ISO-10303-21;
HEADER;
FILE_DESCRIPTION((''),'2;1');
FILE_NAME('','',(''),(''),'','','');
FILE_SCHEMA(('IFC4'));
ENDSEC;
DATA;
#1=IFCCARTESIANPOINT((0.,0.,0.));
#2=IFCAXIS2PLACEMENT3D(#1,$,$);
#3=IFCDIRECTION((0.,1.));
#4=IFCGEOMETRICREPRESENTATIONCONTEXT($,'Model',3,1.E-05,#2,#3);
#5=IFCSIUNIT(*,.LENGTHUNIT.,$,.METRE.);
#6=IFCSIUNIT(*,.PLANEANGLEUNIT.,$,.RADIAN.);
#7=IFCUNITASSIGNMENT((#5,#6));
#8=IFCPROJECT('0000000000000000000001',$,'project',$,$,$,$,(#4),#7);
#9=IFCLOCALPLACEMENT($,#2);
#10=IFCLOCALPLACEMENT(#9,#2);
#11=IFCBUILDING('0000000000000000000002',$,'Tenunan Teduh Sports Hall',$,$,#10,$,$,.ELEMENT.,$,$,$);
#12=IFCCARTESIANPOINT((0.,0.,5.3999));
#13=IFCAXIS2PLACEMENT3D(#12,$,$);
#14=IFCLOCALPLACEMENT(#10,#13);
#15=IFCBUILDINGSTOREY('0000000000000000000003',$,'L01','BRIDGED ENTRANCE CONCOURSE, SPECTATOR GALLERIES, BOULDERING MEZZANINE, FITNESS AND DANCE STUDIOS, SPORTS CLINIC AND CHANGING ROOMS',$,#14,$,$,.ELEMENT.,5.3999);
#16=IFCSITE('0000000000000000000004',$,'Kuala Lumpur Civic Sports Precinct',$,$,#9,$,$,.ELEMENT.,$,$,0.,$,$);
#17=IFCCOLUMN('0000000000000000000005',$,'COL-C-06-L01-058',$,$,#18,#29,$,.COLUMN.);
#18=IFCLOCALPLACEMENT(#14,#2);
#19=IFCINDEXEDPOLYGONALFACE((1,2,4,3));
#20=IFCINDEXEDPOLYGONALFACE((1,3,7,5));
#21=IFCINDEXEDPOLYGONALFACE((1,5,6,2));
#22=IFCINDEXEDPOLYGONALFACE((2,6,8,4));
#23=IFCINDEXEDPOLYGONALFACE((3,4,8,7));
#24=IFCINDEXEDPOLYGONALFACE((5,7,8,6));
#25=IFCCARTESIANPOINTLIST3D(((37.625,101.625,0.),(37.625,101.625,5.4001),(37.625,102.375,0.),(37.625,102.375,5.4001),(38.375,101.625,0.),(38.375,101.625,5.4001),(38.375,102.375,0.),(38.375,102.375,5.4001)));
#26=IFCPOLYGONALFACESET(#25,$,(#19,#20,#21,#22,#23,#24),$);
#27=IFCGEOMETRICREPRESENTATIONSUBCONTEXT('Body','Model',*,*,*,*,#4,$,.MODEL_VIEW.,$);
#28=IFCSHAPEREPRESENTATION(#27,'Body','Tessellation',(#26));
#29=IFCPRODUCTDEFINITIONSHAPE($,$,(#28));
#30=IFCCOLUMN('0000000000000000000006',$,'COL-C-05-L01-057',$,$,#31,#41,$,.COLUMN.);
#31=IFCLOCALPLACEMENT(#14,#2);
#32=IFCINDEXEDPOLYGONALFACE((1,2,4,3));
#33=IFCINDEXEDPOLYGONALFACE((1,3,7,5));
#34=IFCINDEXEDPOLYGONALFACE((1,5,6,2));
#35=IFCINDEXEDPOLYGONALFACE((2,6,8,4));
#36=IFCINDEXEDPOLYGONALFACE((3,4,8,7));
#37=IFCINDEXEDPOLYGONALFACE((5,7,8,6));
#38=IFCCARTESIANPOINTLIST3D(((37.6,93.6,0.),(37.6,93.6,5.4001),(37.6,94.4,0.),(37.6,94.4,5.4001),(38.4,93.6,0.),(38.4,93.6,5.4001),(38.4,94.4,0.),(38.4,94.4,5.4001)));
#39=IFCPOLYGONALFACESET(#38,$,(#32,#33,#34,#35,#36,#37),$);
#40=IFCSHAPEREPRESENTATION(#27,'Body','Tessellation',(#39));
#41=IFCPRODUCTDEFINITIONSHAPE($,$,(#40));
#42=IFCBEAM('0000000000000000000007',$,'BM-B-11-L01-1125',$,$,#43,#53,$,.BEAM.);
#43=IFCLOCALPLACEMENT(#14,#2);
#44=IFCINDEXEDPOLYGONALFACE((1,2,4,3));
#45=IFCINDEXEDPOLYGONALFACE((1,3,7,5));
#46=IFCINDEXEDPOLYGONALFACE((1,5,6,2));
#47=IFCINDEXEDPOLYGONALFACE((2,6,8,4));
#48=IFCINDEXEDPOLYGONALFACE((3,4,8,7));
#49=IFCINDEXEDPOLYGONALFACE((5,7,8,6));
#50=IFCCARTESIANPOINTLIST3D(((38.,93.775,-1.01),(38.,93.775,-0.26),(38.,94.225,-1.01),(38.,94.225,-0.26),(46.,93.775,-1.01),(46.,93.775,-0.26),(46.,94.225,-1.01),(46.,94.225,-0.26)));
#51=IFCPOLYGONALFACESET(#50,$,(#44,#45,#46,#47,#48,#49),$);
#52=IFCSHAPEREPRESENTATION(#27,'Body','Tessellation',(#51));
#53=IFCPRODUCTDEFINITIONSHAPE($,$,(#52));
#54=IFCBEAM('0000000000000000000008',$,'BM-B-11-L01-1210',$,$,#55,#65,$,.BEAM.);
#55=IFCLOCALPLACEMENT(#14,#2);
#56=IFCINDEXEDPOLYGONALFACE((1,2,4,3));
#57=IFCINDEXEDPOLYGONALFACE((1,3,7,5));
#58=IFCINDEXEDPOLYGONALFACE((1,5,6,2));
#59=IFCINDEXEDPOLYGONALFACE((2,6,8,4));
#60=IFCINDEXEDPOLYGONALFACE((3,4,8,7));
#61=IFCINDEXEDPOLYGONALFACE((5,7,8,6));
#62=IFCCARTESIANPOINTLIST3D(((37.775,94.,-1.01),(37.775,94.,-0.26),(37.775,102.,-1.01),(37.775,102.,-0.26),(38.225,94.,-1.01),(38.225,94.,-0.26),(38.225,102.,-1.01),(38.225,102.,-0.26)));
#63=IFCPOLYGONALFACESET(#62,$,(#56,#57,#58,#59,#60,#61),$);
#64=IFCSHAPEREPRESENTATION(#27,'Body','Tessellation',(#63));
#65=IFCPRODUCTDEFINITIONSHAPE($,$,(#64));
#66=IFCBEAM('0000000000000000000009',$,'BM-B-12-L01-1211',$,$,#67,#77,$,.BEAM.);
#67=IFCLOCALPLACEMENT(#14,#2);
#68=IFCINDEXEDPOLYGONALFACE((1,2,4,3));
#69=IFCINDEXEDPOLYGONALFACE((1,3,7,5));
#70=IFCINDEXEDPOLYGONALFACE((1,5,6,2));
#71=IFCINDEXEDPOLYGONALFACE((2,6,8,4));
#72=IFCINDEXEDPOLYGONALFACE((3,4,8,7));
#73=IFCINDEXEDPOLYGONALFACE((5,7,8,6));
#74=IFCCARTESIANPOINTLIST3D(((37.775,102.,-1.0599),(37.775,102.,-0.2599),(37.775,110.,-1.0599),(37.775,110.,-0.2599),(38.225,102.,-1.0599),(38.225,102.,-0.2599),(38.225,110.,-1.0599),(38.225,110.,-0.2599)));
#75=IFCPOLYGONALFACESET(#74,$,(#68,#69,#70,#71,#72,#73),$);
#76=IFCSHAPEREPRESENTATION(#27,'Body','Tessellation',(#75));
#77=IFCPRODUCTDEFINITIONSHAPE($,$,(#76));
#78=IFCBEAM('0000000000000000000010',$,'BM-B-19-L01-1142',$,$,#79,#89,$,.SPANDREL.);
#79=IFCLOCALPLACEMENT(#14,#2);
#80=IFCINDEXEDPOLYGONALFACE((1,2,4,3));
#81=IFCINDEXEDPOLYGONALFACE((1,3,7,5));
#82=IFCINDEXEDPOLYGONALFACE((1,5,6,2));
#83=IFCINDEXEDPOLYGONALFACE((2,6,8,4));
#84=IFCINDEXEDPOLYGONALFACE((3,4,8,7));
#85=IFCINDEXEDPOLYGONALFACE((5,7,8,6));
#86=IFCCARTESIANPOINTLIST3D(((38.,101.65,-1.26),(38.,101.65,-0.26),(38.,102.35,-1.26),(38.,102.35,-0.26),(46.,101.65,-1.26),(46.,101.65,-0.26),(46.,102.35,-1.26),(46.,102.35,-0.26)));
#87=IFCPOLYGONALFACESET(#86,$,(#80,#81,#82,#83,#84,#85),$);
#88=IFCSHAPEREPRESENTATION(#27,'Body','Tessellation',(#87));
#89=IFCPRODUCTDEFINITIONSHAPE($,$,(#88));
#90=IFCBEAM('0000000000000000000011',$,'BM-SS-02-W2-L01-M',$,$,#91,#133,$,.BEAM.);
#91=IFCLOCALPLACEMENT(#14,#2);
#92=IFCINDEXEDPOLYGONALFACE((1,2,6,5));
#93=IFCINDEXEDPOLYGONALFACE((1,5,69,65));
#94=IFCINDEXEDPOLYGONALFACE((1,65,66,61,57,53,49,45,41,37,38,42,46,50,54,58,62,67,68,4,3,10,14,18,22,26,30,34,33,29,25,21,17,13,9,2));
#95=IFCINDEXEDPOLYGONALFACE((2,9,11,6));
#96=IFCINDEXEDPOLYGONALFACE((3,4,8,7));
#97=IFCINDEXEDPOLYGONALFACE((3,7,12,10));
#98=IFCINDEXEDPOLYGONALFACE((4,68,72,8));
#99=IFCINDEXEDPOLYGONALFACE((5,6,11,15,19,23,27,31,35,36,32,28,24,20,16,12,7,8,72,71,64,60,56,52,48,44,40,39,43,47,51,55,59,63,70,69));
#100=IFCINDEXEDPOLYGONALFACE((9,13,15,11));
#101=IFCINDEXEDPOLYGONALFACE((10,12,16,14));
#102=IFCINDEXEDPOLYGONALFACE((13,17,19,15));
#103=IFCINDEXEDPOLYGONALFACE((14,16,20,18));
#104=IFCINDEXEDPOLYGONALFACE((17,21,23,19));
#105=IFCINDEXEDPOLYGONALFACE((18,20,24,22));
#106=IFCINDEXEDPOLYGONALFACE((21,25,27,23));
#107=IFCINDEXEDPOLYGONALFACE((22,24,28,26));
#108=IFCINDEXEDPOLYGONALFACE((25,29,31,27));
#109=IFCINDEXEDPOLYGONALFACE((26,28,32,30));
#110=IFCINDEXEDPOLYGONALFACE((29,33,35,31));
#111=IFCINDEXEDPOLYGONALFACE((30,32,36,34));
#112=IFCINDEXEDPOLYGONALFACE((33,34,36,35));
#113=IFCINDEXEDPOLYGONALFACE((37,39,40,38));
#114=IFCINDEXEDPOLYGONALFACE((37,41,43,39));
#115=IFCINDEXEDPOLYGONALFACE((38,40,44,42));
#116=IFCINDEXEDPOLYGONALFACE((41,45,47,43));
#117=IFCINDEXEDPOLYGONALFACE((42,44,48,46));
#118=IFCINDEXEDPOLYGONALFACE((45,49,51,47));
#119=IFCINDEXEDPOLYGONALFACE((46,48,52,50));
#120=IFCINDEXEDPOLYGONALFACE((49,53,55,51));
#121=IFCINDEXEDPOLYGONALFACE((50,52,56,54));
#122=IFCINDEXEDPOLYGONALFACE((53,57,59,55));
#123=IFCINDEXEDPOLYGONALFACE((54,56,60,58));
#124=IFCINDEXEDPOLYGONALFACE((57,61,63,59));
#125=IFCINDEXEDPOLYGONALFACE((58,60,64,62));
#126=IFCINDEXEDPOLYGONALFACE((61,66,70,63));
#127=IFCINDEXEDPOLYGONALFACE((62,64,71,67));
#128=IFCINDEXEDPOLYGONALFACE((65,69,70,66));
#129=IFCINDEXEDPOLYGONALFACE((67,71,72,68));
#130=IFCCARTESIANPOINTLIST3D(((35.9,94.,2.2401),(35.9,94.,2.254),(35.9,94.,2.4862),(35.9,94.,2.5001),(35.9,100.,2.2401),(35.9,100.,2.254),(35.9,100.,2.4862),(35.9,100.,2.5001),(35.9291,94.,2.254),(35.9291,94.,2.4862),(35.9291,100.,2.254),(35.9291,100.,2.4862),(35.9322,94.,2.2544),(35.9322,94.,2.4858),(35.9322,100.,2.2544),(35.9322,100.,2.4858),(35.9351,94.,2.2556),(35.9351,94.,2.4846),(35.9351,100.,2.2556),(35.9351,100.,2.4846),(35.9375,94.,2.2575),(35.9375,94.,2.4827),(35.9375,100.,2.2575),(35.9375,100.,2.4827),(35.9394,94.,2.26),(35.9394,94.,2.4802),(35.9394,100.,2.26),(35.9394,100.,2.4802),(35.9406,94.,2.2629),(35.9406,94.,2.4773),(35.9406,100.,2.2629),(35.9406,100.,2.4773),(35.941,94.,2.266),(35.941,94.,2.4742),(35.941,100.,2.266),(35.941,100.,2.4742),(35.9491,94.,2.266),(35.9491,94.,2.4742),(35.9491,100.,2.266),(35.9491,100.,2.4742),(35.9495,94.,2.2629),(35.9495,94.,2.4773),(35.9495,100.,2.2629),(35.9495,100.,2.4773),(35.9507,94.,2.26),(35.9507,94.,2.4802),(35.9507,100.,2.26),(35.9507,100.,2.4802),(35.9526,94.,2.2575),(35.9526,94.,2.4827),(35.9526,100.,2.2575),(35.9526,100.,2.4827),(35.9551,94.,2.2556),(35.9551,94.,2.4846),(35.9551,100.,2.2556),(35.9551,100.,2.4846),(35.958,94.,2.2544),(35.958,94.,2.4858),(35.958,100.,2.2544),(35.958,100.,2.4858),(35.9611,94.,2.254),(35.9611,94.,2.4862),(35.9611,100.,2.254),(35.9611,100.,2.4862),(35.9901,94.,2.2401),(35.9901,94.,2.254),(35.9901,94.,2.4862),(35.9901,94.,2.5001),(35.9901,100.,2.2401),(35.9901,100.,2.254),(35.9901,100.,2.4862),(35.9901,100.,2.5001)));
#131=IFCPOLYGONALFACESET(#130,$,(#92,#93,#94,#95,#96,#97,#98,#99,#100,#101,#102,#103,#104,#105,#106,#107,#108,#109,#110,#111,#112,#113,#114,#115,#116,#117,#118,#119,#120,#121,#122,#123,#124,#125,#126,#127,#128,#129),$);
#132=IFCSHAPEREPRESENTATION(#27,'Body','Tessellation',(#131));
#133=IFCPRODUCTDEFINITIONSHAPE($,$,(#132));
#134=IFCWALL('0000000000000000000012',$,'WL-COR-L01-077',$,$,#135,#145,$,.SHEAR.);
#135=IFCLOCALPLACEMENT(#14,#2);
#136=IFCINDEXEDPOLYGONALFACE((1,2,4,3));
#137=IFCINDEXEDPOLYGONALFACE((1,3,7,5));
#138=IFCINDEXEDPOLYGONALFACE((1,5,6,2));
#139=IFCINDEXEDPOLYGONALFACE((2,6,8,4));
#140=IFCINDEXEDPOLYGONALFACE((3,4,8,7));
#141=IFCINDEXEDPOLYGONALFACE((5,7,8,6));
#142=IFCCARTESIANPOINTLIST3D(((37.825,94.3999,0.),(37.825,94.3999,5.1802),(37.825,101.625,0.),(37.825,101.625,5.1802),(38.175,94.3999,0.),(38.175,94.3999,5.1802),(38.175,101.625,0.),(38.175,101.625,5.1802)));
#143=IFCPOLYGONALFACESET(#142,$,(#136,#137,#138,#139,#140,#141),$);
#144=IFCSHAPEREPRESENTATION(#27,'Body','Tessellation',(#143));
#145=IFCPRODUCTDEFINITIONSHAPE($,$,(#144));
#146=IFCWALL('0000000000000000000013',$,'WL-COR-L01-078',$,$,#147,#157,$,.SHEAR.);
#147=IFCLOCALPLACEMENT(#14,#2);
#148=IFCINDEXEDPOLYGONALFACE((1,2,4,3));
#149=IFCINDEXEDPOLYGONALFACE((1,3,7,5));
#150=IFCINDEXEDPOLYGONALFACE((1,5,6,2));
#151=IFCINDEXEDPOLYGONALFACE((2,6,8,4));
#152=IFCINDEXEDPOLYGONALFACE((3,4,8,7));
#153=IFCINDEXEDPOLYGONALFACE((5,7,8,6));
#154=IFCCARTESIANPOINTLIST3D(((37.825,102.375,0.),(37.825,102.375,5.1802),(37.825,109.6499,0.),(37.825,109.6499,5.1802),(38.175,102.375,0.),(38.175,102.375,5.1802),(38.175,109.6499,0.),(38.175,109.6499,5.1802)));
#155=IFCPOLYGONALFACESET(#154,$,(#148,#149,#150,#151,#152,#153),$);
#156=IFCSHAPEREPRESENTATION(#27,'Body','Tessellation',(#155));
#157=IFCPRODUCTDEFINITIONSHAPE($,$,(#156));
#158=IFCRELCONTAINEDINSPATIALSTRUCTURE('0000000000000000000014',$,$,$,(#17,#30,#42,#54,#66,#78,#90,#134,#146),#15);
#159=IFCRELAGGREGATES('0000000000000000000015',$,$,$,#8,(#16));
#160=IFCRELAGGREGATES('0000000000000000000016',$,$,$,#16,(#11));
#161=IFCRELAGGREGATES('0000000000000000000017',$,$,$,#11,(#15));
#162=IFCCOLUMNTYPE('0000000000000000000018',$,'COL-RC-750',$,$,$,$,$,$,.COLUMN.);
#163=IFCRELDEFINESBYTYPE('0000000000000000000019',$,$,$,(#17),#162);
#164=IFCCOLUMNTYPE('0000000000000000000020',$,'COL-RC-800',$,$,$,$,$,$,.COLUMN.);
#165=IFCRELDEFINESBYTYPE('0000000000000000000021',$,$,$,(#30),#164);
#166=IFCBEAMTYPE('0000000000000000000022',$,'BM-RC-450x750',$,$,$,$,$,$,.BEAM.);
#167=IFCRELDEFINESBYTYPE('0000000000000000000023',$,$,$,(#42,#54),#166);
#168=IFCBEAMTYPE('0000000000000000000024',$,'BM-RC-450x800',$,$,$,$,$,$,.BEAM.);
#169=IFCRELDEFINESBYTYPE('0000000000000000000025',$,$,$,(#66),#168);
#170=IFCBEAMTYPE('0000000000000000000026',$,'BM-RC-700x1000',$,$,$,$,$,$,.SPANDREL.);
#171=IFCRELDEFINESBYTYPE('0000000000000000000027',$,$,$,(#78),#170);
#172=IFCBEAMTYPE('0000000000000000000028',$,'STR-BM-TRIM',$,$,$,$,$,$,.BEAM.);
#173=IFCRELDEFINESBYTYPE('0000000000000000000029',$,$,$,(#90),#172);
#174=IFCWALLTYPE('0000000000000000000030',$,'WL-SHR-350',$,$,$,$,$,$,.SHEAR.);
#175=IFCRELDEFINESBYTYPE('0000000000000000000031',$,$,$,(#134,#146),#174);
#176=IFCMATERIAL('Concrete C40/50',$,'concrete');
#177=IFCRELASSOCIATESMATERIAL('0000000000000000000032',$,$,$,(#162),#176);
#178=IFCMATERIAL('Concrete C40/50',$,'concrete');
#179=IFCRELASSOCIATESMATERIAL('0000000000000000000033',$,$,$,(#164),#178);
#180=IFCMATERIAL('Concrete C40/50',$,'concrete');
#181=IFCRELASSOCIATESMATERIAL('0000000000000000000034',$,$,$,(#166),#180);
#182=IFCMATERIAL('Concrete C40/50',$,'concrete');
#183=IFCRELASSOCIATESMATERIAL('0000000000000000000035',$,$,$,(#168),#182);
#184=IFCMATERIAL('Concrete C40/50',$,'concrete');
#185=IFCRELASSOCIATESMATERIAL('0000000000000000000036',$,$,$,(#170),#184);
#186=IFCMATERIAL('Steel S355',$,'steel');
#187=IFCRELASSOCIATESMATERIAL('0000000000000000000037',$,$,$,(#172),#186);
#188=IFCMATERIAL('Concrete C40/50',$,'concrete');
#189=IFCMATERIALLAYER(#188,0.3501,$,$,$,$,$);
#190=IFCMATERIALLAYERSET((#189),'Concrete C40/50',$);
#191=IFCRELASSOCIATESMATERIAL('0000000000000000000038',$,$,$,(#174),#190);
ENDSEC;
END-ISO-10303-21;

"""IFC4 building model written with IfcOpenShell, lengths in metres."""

from ifc_helpers import new_model, si_unit, direction, frame, frame_2d, origin, origin_2d, place, context, subcontext, project, spatial, rectangle, i_section, extrude, material, layer, layer_set, material_profile, profile_set, type_object, element, save


model = new_model("IFC4")

# Units and contexts
model_context = context("Model", 3, precision=1e-05, world=origin(), true_north=direction((0.0, 1.0)))
body_context = subcontext(model_context, "Body", "Model", "MODEL_VIEW")
ifc_project = project(units=[si_unit("LENGTHUNIT", "METRE"), si_unit("PLANEANGLEUNIT", "RADIAN")], contexts=[model_context])

# Site, building, storey
site_placement = place(None, origin())
site = spatial("IfcSite", under=ifc_project, at=site_placement, Name="Kuala Lumpur Civic Sports Precinct", CompositionType="ELEMENT", RefElevation=0.0)
building_placement = place(site_placement, origin())
building = spatial("IfcBuilding", under=site, at=building_placement, Name="Tenunan Teduh Sports Hall", CompositionType="ELEMENT")
storey_placement = place(building_placement, frame((0.0, 0.0, 5.3999)))
storey = spatial("IfcBuildingStorey", under=building, at=storey_placement, Name="L01", Description="BRIDGED ENTRANCE CONCOURSE, SPECTATOR GALLERIES, BOULDERING MEZZANINE, FITNESS AND DANCE STUDIOS, SPORTS CLINIC AND CHANGING ROOMS", CompositionType="ELEMENT", Elevation=5.3999)

# Columns
ifc_material_1 = material(Name="Concrete C40/50", Category="concrete")
ifc_material_profile_1 = material_profile(ifc_material_1, rectangle(XDim=0.75, YDim=0.75, at=origin_2d()), Name="RC 750x750")
ifc_profile_set_1 = profile_set([ifc_material_profile_1], Name="Concrete C40/50")
column_type_1 = type_object("IfcColumnType", Name="COL-RC-750", PredefinedType="COLUMN", material=ifc_profile_set_1)
column_1_placement = place(storey_placement, frame((38.0, 102.0, 0.0), z_axis=(0.0, 0.0, 1.0), x_axis=(1.0, 0.0, 0.0)))
element("IfcColumn", 1, at=column_1_placement, inside=storey, type_object=column_type_1, Name="COL-C-06-L01-058", PredefinedType="COLUMN", context=body_context, shape_type="SweptSolid", body=[
    extrude(rectangle(XDim=0.75, YDim=0.75, at=origin_2d()), origin(), (0.0, 0.0, 1.0), 5.4001),
])
ifc_material_2 = material(Name="Concrete C40/50", Category="concrete")
ifc_material_profile_2 = material_profile(ifc_material_2, rectangle(XDim=0.8, YDim=0.8, at=origin_2d()), Name="RC 800x800")
ifc_profile_set_2 = profile_set([ifc_material_profile_2], Name="Concrete C40/50")
column_type_2 = type_object("IfcColumnType", Name="COL-RC-800", PredefinedType="COLUMN", material=ifc_profile_set_2)
column_2_placement = place(storey_placement, frame((38.0, 94.0, 0.0), z_axis=(0.0, 0.0, 1.0), x_axis=(1.0, 0.0, 0.0)))
element("IfcColumn", 2, at=column_2_placement, inside=storey, type_object=column_type_2, Name="COL-C-05-L01-057", PredefinedType="COLUMN", context=body_context, shape_type="SweptSolid", body=[
    extrude(rectangle(XDim=0.8, YDim=0.8, at=origin_2d()), origin(), (0.0, 0.0, 1.0), 5.4001),
])

# Beams
ifc_material_3 = material(Name="Concrete C40/50", Category="concrete")
ifc_material_profile_3 = material_profile(ifc_material_3, rectangle(XDim=0.45, YDim=0.75, at=origin_2d()), Name="RCB 450x750")
ifc_profile_set_3 = profile_set([ifc_material_profile_3], Name="Concrete C40/50")
beam_type_1 = type_object("IfcBeamType", Name="BM-RC-450x750", PredefinedType="BEAM", material=ifc_profile_set_3)
for number, where, z_axis, x_axis, name in (
    (3, (38.0, 94.0, -0.635), (1.0, 0.0, 0.0), (0.0, 1.0, 0.0), "BM-B-11-L01-1125"),
    (4, (38.0, 94.0, -0.635), (0.0, 1.0, 0.0), (-1.0, 0.0, 0.0), "BM-B-11-L01-1210"),
):
    element("IfcBeam", number, at=place(storey_placement, frame(where, z_axis=z_axis, x_axis=x_axis)), inside=storey, type_object=beam_type_1, Name=name, PredefinedType="BEAM", context=body_context, shape_type="SweptSolid", body=[
        extrude(rectangle(XDim=0.45, YDim=0.75, at=origin_2d()), origin(), (0.0, 0.0, 1.0), 8.0),
    ])
ifc_material_4 = material(Name="Concrete C40/50", Category="concrete")
ifc_material_profile_4 = material_profile(ifc_material_4, rectangle(XDim=0.45, YDim=0.8, at=origin_2d()), Name="RCB 450x800")
ifc_profile_set_4 = profile_set([ifc_material_profile_4], Name="Concrete C40/50")
beam_type_2 = type_object("IfcBeamType", Name="BM-RC-450x800", PredefinedType="BEAM", material=ifc_profile_set_4)
beam_1_placement = place(storey_placement, frame((38.0, 102.0, -0.6599), z_axis=(0.0, 1.0, 0.0), x_axis=(-1.0, 0.0, 0.0)))
element("IfcBeam", 5, at=beam_1_placement, inside=storey, type_object=beam_type_2, Name="BM-B-12-L01-1211", PredefinedType="BEAM", context=body_context, shape_type="SweptSolid", body=[
    extrude(rectangle(XDim=0.45, YDim=0.8, at=origin_2d()), origin(), (0.0, 0.0, 1.0), 8.0),
])
ifc_material_5 = material(Name="Concrete C40/50", Category="concrete")
ifc_material_profile_5 = material_profile(ifc_material_5, rectangle(XDim=0.7, YDim=1.0, at=origin_2d()), Name="RCB 700x1000")
ifc_profile_set_5 = profile_set([ifc_material_profile_5], Name="Concrete C40/50")
beam_type_3 = type_object("IfcBeamType", Name="BM-RC-700x1000", PredefinedType="SPANDREL", material=ifc_profile_set_5)
beam_2_placement = place(storey_placement, frame((38.0, 102.0, -0.76), z_axis=(1.0, 0.0, 0.0), x_axis=(0.0, 1.0, 0.0)))
element("IfcBeam", 6, at=beam_2_placement, inside=storey, type_object=beam_type_3, Name="BM-B-19-L01-1142", PredefinedType="SPANDREL", context=body_context, shape_type="SweptSolid", body=[
    extrude(rectangle(XDim=0.7, YDim=1.0, at=origin_2d()), origin(), (0.0, 0.0, 1.0), 8.0),
])
ifc_material_6 = material(Name="Steel S355", Category="steel")
ifc_material_profile_6 = material_profile(ifc_material_6, i_section(OverallWidth=0.0901, OverallDepth=0.26, WebThickness=0.0081, FlangeThickness=0.0139, FilletRadius=0.012, at=origin_2d()), Name="PFC 260x90")
ifc_profile_set_6 = profile_set([ifc_material_profile_6], Name="Steel S355")
beam_type_4 = type_object("IfcBeamType", Name="STR-BM-TRIM", PredefinedType="BEAM", material=ifc_profile_set_6)
beam_3_placement = place(storey_placement, frame((35.9451, 94.0, 2.3701), z_axis=(0.0, 1.0, 0.0), x_axis=(-1.0, 0.0, 0.0)))
element("IfcBeam", 7, at=beam_3_placement, inside=storey, type_object=beam_type_4, Name="BM-SS-02-W2-L01-M", PredefinedType="BEAM", context=body_context, shape_type="SweptSolid", body=[
    extrude(i_section(OverallWidth=0.0901, OverallDepth=0.26, WebThickness=0.0081, FlangeThickness=0.0139, FilletRadius=0.012, at=origin_2d()), origin(), (0.0, 0.0, 1.0), 6.0),
])

# Walls
ifc_material_7 = material(Name="Concrete C40/50", Category="concrete")
ifc_layer_1 = layer(ifc_material_7, 0.3501)
ifc_layer_set_1 = layer_set([ifc_layer_1], Name="Concrete C40/50")
wall_type = type_object("IfcWallType", Name="WL-SHR-350", PredefinedType="SHEAR", material=ifc_layer_set_1)
wall_1_placement = place(storey_placement, frame((38.0, 94.3999, 0.0), z_axis=(0.0, 0.0, 1.0), x_axis=(0.0, 1.0, 0.0)))
element("IfcWall", 8, at=wall_1_placement, inside=storey, type_object=wall_type, Name="WL-COR-L01-077", PredefinedType="SHEAR", context=body_context, shape_type="SweptSolid", body=[
    extrude(rectangle(XDim=7.2251, YDim=0.3501, at=frame_2d((3.6125, 0.0))), origin(), (0.0, 0.0, 1.0), 5.1802),
])
wall_2_placement = place(storey_placement, frame((38.0, 102.375, 0.0), z_axis=(0.0, 0.0, 1.0), x_axis=(0.0, 1.0, 0.0)))
element("IfcWall", 9, at=wall_2_placement, inside=storey, type_object=wall_type, Name="WL-COR-L01-078", PredefinedType="SHEAR", context=body_context, shape_type="SweptSolid", body=[
    extrude(rectangle(XDim=7.2749, YDim=0.3501, at=frame_2d((3.6375, 0.0))), origin(), (0.0, 0.0, 1.0), 5.1802),
])

save(model, "model.ifc")
